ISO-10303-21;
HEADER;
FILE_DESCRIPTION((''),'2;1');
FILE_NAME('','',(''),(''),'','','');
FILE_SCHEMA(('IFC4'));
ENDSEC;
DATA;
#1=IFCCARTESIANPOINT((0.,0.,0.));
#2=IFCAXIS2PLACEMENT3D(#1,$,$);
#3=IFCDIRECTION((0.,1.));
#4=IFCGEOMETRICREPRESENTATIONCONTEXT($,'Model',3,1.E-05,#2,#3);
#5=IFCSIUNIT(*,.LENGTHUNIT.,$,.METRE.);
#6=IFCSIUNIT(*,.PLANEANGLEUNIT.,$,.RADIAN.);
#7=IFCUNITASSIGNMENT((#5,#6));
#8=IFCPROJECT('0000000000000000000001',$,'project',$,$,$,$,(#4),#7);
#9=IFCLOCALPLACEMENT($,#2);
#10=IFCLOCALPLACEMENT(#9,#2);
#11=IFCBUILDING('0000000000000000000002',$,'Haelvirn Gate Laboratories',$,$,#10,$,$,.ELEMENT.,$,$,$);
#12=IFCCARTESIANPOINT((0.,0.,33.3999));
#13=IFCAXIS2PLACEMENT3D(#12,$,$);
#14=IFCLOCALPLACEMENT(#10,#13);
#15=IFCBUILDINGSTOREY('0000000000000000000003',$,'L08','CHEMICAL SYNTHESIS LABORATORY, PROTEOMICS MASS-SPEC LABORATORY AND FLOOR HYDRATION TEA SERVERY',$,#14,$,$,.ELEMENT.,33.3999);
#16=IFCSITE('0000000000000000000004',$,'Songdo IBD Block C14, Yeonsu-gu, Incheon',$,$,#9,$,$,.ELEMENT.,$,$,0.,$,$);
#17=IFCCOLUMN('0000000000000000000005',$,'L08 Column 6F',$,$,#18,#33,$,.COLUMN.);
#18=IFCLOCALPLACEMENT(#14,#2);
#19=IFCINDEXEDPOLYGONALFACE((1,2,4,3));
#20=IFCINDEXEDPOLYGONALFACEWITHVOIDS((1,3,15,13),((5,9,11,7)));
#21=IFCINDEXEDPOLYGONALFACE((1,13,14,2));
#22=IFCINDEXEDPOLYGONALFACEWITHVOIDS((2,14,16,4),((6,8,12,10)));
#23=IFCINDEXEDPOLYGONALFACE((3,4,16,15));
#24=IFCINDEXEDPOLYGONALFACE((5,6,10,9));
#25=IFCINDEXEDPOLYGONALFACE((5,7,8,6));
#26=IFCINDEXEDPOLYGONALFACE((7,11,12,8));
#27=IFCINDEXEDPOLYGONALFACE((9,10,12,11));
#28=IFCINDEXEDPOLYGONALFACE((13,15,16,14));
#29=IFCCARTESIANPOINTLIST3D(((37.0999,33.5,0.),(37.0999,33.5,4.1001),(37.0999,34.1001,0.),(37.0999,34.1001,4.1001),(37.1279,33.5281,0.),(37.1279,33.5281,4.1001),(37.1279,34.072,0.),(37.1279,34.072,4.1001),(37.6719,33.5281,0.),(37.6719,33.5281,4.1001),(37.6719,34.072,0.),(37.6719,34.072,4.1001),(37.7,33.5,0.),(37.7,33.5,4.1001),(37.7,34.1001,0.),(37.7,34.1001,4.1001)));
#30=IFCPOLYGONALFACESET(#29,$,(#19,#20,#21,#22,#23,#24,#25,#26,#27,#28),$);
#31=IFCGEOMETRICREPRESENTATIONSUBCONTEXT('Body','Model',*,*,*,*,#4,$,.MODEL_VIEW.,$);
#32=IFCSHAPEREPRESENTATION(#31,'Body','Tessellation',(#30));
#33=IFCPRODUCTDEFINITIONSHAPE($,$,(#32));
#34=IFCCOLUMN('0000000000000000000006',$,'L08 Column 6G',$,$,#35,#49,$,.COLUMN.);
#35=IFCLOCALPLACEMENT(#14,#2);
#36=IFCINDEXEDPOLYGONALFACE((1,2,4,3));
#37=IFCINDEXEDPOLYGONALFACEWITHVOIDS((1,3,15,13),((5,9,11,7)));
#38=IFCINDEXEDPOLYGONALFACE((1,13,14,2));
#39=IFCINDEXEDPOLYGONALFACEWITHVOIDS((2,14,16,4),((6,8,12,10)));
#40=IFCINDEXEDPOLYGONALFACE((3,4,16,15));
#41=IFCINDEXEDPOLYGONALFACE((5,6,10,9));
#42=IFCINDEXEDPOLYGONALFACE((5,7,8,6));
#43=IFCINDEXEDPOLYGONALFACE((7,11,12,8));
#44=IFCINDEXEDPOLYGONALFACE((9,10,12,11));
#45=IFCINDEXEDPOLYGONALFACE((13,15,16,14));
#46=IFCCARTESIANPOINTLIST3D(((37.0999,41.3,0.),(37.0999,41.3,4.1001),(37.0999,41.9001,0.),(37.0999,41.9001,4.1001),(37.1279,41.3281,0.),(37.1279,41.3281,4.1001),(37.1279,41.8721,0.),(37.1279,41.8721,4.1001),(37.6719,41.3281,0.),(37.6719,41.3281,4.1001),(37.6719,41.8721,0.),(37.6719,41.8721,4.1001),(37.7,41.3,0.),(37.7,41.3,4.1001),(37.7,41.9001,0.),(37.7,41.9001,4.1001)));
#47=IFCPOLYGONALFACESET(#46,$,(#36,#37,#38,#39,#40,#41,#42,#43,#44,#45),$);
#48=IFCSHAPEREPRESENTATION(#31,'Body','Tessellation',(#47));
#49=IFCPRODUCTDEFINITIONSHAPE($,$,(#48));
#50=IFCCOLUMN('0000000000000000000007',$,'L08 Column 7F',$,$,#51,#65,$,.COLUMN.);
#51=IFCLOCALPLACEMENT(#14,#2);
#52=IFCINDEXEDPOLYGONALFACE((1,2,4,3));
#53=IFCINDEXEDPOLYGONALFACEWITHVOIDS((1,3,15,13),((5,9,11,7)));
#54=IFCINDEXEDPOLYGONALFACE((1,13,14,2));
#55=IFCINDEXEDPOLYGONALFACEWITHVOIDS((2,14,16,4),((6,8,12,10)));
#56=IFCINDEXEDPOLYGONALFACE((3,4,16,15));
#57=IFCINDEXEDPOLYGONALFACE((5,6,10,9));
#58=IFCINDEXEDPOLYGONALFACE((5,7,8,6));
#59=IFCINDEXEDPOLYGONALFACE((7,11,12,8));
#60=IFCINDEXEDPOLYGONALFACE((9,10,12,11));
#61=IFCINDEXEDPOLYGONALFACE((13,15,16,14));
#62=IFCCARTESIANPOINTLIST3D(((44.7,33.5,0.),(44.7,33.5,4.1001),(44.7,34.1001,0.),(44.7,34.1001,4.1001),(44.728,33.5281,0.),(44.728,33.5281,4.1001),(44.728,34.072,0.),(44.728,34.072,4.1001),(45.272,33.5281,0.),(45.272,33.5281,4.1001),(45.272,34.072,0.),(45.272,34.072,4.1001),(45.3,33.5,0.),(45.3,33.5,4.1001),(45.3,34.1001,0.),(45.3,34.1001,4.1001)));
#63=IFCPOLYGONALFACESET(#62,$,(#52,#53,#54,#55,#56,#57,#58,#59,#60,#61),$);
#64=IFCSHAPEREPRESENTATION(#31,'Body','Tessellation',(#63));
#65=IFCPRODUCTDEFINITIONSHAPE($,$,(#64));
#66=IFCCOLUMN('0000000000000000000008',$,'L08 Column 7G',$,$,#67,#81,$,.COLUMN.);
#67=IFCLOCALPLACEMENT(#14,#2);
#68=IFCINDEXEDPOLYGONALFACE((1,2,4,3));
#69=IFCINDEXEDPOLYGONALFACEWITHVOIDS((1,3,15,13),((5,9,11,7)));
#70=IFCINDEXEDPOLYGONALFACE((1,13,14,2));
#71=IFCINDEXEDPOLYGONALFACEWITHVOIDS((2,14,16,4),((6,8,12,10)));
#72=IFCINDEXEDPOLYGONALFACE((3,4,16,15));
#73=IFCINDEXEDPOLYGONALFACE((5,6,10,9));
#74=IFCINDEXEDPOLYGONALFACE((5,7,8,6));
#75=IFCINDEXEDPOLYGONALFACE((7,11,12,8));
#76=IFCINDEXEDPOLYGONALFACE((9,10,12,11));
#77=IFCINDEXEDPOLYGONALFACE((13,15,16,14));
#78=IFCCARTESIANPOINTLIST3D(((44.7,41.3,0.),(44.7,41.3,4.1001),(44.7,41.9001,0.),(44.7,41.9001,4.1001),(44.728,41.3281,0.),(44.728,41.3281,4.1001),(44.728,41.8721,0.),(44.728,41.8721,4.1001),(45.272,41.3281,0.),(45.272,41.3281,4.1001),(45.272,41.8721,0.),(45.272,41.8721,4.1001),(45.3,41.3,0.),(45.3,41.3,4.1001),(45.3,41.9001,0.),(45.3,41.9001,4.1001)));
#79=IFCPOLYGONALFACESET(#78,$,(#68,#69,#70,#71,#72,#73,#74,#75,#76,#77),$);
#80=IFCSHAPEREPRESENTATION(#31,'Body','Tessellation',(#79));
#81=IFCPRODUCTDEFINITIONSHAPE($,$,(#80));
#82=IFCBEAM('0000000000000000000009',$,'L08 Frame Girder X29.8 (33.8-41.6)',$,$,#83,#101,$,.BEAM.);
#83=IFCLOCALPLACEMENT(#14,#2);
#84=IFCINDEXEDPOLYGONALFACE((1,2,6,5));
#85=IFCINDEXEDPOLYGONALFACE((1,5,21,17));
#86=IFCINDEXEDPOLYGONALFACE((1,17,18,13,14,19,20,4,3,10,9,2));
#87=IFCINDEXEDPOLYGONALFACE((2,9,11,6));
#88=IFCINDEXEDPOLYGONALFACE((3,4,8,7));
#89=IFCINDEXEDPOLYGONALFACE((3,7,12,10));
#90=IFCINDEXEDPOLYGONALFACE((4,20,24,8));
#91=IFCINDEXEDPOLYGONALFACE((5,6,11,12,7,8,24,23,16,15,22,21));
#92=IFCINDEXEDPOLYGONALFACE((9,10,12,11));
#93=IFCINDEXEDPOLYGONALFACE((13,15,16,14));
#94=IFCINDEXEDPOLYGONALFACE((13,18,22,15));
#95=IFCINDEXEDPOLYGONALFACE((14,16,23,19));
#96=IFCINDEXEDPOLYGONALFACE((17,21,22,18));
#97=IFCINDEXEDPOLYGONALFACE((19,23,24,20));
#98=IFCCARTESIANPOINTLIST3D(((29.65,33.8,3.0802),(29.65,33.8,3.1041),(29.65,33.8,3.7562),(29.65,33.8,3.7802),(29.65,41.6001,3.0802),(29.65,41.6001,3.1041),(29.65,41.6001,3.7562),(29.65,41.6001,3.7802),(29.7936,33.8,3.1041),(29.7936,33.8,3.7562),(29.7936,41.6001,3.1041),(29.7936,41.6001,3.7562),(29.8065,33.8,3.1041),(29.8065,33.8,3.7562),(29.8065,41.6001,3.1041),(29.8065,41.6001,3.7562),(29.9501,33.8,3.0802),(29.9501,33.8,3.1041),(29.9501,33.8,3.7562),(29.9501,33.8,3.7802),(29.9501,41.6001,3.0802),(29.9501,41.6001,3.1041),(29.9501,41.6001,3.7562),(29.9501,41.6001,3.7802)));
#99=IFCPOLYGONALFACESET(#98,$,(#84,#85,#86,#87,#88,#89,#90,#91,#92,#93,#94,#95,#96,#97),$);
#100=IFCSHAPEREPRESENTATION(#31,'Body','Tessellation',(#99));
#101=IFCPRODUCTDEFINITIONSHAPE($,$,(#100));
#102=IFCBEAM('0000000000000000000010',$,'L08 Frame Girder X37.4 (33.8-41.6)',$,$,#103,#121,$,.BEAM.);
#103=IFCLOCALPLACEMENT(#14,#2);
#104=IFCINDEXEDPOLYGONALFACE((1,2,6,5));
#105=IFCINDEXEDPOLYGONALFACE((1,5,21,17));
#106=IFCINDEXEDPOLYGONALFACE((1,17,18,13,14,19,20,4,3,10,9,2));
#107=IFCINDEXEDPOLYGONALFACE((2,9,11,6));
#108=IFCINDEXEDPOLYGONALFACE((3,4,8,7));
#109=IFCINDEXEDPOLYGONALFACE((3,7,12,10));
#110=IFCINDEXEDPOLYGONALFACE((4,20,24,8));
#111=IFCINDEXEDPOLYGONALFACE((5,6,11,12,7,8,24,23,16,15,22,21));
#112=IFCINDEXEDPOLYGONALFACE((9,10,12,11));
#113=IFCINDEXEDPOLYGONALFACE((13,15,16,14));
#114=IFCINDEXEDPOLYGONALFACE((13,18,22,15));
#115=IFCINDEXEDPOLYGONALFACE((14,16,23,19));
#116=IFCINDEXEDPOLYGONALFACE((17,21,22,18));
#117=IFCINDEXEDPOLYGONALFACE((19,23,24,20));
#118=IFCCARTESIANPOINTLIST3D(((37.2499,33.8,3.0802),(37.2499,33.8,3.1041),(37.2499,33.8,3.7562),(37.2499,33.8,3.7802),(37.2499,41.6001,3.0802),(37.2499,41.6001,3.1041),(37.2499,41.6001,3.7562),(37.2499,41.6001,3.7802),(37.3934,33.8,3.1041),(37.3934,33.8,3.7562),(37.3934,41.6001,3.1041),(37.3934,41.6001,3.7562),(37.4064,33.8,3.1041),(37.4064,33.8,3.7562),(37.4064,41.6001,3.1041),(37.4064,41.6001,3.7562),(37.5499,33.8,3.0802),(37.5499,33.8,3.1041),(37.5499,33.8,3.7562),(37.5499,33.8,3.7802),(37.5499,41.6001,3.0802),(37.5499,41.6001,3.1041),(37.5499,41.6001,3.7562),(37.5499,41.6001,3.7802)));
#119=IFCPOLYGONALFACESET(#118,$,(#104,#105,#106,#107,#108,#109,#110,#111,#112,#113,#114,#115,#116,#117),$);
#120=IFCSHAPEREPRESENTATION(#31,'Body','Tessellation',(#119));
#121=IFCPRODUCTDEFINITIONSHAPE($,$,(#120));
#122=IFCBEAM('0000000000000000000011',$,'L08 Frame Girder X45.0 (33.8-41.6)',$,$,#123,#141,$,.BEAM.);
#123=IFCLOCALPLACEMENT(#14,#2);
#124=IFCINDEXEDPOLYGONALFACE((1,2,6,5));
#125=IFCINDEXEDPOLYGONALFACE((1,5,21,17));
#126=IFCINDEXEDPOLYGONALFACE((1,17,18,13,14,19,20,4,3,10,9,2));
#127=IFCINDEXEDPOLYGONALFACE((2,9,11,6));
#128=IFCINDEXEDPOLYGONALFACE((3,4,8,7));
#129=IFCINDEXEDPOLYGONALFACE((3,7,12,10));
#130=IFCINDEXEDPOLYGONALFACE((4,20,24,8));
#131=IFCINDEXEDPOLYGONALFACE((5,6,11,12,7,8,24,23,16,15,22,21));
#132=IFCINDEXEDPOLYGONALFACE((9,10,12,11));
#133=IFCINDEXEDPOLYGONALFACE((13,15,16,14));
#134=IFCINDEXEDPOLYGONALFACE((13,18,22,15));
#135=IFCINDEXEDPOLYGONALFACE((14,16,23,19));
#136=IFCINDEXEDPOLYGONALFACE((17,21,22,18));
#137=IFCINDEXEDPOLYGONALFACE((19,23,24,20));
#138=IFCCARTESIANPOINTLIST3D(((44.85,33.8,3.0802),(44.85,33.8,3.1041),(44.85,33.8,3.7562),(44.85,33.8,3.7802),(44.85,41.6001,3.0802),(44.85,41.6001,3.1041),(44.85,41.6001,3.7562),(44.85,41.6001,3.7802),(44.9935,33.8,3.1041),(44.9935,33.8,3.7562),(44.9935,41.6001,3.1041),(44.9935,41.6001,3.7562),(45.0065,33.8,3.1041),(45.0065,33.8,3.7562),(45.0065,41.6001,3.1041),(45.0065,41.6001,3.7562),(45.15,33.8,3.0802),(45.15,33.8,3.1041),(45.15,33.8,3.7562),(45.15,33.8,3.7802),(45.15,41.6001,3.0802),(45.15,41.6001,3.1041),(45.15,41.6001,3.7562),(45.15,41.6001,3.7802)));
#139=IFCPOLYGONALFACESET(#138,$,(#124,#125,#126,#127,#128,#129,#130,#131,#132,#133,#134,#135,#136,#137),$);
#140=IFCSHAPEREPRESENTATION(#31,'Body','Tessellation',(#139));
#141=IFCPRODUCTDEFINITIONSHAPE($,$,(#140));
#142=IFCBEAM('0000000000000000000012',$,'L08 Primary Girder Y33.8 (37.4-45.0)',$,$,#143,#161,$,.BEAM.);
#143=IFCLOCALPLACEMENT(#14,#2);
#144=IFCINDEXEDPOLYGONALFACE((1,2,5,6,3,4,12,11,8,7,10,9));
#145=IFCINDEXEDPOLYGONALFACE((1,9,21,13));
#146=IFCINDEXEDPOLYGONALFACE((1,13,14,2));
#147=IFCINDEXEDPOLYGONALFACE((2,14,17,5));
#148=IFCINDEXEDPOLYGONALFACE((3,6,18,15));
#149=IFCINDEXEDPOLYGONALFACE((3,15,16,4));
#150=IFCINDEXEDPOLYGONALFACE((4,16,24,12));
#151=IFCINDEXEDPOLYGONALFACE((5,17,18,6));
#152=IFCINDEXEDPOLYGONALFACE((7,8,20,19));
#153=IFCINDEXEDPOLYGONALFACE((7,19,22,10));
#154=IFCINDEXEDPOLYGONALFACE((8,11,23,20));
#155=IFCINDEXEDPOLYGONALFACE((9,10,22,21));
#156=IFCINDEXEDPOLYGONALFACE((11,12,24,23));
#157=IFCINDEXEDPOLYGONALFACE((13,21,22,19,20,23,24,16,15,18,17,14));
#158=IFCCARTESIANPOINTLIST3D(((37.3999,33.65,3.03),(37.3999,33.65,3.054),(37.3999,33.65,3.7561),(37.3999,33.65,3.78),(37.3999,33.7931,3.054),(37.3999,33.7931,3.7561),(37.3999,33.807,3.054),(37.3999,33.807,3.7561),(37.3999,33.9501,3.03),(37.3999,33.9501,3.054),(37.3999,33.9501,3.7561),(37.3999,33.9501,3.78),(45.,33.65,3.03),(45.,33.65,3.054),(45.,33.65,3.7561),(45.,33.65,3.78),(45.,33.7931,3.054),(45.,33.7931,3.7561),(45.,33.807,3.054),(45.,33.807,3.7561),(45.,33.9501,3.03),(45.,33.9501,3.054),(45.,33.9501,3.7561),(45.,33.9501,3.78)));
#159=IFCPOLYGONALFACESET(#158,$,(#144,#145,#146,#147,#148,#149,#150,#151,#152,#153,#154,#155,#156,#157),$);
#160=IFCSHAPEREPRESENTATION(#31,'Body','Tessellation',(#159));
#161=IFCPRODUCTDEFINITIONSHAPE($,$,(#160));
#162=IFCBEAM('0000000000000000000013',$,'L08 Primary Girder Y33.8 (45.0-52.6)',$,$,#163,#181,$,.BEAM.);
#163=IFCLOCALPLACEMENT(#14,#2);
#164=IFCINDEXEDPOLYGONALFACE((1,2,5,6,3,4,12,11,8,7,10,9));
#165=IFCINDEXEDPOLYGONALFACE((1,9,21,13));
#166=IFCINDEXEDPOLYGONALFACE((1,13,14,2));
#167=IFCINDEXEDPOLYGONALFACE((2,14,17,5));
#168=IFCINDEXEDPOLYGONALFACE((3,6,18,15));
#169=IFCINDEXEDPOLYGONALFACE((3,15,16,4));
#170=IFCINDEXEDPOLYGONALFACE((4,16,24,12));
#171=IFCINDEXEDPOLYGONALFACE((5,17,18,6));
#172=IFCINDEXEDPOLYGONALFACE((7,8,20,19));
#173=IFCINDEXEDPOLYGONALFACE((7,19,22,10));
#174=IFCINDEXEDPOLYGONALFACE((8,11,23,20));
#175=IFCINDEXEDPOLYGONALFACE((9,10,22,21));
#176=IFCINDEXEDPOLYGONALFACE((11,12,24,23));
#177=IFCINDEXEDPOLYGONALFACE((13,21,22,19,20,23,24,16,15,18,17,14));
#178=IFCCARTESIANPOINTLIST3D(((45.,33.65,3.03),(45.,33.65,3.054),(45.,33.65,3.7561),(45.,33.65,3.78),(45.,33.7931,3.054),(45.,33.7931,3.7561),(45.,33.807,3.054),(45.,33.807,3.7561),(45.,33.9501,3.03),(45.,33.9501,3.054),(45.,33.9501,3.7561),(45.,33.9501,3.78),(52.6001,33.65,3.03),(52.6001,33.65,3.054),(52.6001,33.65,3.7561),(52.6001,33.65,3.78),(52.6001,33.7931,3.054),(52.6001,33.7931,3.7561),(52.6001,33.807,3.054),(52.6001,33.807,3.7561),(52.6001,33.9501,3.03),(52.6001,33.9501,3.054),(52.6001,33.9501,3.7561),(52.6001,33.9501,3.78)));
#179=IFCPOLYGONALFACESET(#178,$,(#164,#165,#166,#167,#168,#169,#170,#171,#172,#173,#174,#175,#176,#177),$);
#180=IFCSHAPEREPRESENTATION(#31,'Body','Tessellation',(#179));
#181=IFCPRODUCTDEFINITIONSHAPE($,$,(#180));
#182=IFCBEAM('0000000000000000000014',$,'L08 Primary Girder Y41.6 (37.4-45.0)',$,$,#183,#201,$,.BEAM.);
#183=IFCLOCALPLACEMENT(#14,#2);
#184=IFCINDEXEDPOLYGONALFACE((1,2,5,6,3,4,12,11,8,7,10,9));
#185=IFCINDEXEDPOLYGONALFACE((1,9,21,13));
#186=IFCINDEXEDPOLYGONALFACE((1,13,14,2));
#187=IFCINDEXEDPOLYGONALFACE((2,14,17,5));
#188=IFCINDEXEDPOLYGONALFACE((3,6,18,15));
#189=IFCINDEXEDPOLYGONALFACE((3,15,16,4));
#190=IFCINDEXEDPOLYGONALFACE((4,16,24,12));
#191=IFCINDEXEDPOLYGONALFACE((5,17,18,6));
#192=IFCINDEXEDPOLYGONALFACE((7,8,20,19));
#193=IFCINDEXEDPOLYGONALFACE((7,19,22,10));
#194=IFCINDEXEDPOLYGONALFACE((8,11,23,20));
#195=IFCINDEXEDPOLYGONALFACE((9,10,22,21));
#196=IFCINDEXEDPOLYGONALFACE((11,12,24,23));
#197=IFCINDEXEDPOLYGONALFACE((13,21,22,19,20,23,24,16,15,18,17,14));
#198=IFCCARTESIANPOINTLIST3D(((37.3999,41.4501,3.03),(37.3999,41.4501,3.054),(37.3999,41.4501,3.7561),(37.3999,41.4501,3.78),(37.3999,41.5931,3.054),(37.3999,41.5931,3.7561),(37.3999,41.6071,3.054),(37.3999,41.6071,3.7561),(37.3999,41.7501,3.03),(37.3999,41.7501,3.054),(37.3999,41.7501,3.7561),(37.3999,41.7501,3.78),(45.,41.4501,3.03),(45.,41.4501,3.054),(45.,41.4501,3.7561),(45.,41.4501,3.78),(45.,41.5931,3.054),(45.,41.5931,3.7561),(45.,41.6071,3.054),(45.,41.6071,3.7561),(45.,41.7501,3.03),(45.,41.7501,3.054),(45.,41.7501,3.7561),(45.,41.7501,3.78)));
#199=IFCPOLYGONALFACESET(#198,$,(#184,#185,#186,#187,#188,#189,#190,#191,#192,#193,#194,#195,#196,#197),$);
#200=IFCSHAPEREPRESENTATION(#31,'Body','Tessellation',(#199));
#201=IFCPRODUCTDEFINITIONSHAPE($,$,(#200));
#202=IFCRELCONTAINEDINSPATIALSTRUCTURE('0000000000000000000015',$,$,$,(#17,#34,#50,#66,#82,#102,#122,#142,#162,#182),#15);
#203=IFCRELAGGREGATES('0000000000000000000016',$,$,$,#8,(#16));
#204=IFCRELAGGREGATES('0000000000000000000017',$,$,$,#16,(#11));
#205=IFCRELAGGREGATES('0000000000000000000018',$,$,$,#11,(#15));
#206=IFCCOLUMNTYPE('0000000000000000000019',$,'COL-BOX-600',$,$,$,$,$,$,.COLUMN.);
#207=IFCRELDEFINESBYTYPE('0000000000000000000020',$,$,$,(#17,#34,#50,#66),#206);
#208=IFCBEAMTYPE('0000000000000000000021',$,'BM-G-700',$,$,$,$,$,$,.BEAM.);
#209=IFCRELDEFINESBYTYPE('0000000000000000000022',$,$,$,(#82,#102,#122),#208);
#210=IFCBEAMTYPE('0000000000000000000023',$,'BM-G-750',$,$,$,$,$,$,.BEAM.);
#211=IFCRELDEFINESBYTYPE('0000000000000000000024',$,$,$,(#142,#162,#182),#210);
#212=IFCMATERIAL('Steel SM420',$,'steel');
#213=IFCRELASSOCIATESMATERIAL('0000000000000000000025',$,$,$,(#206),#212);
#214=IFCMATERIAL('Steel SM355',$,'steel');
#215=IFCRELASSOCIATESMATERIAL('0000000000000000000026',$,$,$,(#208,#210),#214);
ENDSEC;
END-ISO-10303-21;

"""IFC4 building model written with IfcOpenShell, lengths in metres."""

from ifc_helpers import new_model, si_unit, direction, frame, origin, origin_2d, place, context, subcontext, project, spatial, hollow_rectangle, i_section, extrude, source, transform, mapped, material, material_profile, profile_set, type_object, type_shapes, element, save


model = new_model("IFC4")

# Units and contexts
model_context = context("Model", 3, precision=1e-05, world=origin(), true_north=direction((0.0, 1.0)))
body_context = subcontext(model_context, "Body", "Model", "MODEL_VIEW")
ifc_project = project(units=[si_unit("LENGTHUNIT", "METRE"), si_unit("PLANEANGLEUNIT", "RADIAN")], contexts=[model_context])

# Site, building, storey
site_placement = place(None, origin())
site = spatial("IfcSite", under=ifc_project, at=site_placement, Name="Songdo IBD Block C14, Yeonsu-gu, Incheon", CompositionType="ELEMENT", RefElevation=0.0)
building_placement = place(site_placement, origin())
building = spatial("IfcBuilding", under=site, at=building_placement, Name="Haelvirn Gate Laboratories", CompositionType="ELEMENT")
storey_placement = place(building_placement, frame((0.0, 0.0, 33.3999)))
storey = spatial("IfcBuildingStorey", under=building, at=storey_placement, Name="L08", Description="CHEMICAL SYNTHESIS LABORATORY, PROTEOMICS MASS-SPEC LABORATORY AND FLOOR HYDRATION TEA SERVERY", CompositionType="ELEMENT", Elevation=33.3999)

# Columns
ifc_material_1 = material(Name="Steel SM420", Category="steel")
ifc_material_profile_1 = material_profile(ifc_material_1, hollow_rectangle(XDim=0.6001, YDim=0.6001, WallThickness=0.0281, at=origin_2d()), Name="BOX-600x600x28")
ifc_profile_set_1 = profile_set([ifc_material_profile_1], Name="Steel SM420")
column_type = type_object("IfcColumnType", Name="COL-BOX-600", PredefinedType="COLUMN", material=ifc_profile_set_1)
shared_shape_1 = source(origin(), body_context, "Body", "SweptSolid", [
    extrude(hollow_rectangle(XDim=0.6001, YDim=0.6001, WallThickness=0.0281, at=origin_2d()), origin(), (0.0, 0.0, 1.0), 4.1001),
])
type_shapes(column_type, [shared_shape_1])
for number, where, z_axis, x_axis, name in (
    (1, (37.3999, 33.8, 0.0), (0.0, 0.0, 1.0), (1.0, 0.0, 0.0), "L08 Column 6F"),
    (2, (37.3999, 41.6001, 0.0), (0.0, 0.0, 1.0), (1.0, 0.0, 0.0), "L08 Column 6G"),
    (3, (45.0, 33.8, 0.0), (0.0, 0.0, 1.0), (1.0, 0.0, 0.0), "L08 Column 7F"),
    (4, (45.0, 41.6001, 0.0), (0.0, 0.0, 1.0), (1.0, 0.0, 0.0), "L08 Column 7G"),
):
    element("IfcColumn", number, at=place(storey_placement, frame(where, z_axis=z_axis, x_axis=x_axis)), inside=storey, type_object=column_type, Name=name, PredefinedType="COLUMN", context=body_context, shape_type="MappedRepresentation", body=[
        mapped(shared_shape_1, transform((0.0, 0.0, 0.0), scale=1.0)),
    ])

# Beams
ifc_material_2 = material(Name="Steel SM355", Category="steel")
ifc_material_profile_2 = material_profile(ifc_material_2, i_section(OverallWidth=0.3, OverallDepth=0.7, WebThickness=0.0129, FlangeThickness=0.0239, at=origin_2d()), Name="H-700x300x13x24")
ifc_profile_set_2 = profile_set([ifc_material_profile_2], Name="Steel SM355")
beam_type_1 = type_object("IfcBeamType", Name="BM-G-700", PredefinedType="BEAM", material=ifc_profile_set_2)
shared_shape_2 = source(origin(), body_context, "Body", "SweptSolid", [
    extrude(i_section(OverallWidth=0.3, OverallDepth=0.7, WebThickness=0.0129, FlangeThickness=0.0239, at=origin_2d()), origin(), (0.0, 0.0, 1.0), 7.8),
])
type_shapes(beam_type_1, [shared_shape_2])
for number, where, z_axis, x_axis, name in (
    (5, (29.8, 33.8, 3.4302), (0.0, 1.0, 0.0), (-1.0, 0.0, 0.0), "L08 Frame Girder X29.8 (33.8-41.6)"),
    (6, (37.3999, 33.8, 3.4302), (0.0, 1.0, 0.0), (-1.0, 0.0, 0.0), "L08 Frame Girder X37.4 (33.8-41.6)"),
    (7, (45.0, 33.8, 3.4302), (0.0, 1.0, 0.0), (-1.0, 0.0, 0.0), "L08 Frame Girder X45.0 (33.8-41.6)"),
):
    element("IfcBeam", number, at=place(storey_placement, frame(where, z_axis=z_axis, x_axis=x_axis)), inside=storey, type_object=beam_type_1, Name=name, PredefinedType="BEAM", context=body_context, shape_type="MappedRepresentation", body=[
        mapped(shared_shape_2, transform((0.0, 0.0, 0.0), scale=1.0)),
    ])
ifc_material_profile_3 = material_profile(ifc_material_2, i_section(OverallWidth=0.3, OverallDepth=0.75, WebThickness=0.0139, FlangeThickness=0.0239, at=origin_2d()), Name="H-750x300x14x24")
ifc_profile_set_3 = profile_set([ifc_material_profile_3], Name="Steel SM355")
beam_type_2 = type_object("IfcBeamType", Name="BM-G-750", PredefinedType="BEAM", material=ifc_profile_set_3)
shared_shape_3 = source(origin(), body_context, "Body", "SweptSolid", [
    extrude(i_section(OverallWidth=0.3, OverallDepth=0.75, WebThickness=0.0139, FlangeThickness=0.0239, at=origin_2d()), origin(), (0.0, 0.0, 1.0), 7.6001),
])
type_shapes(beam_type_2, [shared_shape_3])
for number, where, z_axis, x_axis, name in (
    (8, (37.3999, 33.8, 3.405), (1.0, 0.0, 0.0), (0.0, 1.0, 0.0), "L08 Primary Girder Y33.8 (37.4-45.0)"),
    (9, (45.0, 33.8, 3.405), (1.0, 0.0, 0.0), (0.0, 1.0, 0.0), "L08 Primary Girder Y33.8 (45.0-52.6)"),
    (10, (37.3999, 41.6001, 3.405), (1.0, 0.0, 0.0), (0.0, 1.0, 0.0), "L08 Primary Girder Y41.6 (37.4-45.0)"),
):
    element("IfcBeam", number, at=place(storey_placement, frame(where, z_axis=z_axis, x_axis=x_axis)), inside=storey, type_object=beam_type_2, Name=name, PredefinedType="BEAM", context=body_context, shape_type="MappedRepresentation", body=[
        mapped(shared_shape_3, transform((0.0, 0.0, 0.0), scale=1.0)),
    ])

save(model, "model.ifc")
